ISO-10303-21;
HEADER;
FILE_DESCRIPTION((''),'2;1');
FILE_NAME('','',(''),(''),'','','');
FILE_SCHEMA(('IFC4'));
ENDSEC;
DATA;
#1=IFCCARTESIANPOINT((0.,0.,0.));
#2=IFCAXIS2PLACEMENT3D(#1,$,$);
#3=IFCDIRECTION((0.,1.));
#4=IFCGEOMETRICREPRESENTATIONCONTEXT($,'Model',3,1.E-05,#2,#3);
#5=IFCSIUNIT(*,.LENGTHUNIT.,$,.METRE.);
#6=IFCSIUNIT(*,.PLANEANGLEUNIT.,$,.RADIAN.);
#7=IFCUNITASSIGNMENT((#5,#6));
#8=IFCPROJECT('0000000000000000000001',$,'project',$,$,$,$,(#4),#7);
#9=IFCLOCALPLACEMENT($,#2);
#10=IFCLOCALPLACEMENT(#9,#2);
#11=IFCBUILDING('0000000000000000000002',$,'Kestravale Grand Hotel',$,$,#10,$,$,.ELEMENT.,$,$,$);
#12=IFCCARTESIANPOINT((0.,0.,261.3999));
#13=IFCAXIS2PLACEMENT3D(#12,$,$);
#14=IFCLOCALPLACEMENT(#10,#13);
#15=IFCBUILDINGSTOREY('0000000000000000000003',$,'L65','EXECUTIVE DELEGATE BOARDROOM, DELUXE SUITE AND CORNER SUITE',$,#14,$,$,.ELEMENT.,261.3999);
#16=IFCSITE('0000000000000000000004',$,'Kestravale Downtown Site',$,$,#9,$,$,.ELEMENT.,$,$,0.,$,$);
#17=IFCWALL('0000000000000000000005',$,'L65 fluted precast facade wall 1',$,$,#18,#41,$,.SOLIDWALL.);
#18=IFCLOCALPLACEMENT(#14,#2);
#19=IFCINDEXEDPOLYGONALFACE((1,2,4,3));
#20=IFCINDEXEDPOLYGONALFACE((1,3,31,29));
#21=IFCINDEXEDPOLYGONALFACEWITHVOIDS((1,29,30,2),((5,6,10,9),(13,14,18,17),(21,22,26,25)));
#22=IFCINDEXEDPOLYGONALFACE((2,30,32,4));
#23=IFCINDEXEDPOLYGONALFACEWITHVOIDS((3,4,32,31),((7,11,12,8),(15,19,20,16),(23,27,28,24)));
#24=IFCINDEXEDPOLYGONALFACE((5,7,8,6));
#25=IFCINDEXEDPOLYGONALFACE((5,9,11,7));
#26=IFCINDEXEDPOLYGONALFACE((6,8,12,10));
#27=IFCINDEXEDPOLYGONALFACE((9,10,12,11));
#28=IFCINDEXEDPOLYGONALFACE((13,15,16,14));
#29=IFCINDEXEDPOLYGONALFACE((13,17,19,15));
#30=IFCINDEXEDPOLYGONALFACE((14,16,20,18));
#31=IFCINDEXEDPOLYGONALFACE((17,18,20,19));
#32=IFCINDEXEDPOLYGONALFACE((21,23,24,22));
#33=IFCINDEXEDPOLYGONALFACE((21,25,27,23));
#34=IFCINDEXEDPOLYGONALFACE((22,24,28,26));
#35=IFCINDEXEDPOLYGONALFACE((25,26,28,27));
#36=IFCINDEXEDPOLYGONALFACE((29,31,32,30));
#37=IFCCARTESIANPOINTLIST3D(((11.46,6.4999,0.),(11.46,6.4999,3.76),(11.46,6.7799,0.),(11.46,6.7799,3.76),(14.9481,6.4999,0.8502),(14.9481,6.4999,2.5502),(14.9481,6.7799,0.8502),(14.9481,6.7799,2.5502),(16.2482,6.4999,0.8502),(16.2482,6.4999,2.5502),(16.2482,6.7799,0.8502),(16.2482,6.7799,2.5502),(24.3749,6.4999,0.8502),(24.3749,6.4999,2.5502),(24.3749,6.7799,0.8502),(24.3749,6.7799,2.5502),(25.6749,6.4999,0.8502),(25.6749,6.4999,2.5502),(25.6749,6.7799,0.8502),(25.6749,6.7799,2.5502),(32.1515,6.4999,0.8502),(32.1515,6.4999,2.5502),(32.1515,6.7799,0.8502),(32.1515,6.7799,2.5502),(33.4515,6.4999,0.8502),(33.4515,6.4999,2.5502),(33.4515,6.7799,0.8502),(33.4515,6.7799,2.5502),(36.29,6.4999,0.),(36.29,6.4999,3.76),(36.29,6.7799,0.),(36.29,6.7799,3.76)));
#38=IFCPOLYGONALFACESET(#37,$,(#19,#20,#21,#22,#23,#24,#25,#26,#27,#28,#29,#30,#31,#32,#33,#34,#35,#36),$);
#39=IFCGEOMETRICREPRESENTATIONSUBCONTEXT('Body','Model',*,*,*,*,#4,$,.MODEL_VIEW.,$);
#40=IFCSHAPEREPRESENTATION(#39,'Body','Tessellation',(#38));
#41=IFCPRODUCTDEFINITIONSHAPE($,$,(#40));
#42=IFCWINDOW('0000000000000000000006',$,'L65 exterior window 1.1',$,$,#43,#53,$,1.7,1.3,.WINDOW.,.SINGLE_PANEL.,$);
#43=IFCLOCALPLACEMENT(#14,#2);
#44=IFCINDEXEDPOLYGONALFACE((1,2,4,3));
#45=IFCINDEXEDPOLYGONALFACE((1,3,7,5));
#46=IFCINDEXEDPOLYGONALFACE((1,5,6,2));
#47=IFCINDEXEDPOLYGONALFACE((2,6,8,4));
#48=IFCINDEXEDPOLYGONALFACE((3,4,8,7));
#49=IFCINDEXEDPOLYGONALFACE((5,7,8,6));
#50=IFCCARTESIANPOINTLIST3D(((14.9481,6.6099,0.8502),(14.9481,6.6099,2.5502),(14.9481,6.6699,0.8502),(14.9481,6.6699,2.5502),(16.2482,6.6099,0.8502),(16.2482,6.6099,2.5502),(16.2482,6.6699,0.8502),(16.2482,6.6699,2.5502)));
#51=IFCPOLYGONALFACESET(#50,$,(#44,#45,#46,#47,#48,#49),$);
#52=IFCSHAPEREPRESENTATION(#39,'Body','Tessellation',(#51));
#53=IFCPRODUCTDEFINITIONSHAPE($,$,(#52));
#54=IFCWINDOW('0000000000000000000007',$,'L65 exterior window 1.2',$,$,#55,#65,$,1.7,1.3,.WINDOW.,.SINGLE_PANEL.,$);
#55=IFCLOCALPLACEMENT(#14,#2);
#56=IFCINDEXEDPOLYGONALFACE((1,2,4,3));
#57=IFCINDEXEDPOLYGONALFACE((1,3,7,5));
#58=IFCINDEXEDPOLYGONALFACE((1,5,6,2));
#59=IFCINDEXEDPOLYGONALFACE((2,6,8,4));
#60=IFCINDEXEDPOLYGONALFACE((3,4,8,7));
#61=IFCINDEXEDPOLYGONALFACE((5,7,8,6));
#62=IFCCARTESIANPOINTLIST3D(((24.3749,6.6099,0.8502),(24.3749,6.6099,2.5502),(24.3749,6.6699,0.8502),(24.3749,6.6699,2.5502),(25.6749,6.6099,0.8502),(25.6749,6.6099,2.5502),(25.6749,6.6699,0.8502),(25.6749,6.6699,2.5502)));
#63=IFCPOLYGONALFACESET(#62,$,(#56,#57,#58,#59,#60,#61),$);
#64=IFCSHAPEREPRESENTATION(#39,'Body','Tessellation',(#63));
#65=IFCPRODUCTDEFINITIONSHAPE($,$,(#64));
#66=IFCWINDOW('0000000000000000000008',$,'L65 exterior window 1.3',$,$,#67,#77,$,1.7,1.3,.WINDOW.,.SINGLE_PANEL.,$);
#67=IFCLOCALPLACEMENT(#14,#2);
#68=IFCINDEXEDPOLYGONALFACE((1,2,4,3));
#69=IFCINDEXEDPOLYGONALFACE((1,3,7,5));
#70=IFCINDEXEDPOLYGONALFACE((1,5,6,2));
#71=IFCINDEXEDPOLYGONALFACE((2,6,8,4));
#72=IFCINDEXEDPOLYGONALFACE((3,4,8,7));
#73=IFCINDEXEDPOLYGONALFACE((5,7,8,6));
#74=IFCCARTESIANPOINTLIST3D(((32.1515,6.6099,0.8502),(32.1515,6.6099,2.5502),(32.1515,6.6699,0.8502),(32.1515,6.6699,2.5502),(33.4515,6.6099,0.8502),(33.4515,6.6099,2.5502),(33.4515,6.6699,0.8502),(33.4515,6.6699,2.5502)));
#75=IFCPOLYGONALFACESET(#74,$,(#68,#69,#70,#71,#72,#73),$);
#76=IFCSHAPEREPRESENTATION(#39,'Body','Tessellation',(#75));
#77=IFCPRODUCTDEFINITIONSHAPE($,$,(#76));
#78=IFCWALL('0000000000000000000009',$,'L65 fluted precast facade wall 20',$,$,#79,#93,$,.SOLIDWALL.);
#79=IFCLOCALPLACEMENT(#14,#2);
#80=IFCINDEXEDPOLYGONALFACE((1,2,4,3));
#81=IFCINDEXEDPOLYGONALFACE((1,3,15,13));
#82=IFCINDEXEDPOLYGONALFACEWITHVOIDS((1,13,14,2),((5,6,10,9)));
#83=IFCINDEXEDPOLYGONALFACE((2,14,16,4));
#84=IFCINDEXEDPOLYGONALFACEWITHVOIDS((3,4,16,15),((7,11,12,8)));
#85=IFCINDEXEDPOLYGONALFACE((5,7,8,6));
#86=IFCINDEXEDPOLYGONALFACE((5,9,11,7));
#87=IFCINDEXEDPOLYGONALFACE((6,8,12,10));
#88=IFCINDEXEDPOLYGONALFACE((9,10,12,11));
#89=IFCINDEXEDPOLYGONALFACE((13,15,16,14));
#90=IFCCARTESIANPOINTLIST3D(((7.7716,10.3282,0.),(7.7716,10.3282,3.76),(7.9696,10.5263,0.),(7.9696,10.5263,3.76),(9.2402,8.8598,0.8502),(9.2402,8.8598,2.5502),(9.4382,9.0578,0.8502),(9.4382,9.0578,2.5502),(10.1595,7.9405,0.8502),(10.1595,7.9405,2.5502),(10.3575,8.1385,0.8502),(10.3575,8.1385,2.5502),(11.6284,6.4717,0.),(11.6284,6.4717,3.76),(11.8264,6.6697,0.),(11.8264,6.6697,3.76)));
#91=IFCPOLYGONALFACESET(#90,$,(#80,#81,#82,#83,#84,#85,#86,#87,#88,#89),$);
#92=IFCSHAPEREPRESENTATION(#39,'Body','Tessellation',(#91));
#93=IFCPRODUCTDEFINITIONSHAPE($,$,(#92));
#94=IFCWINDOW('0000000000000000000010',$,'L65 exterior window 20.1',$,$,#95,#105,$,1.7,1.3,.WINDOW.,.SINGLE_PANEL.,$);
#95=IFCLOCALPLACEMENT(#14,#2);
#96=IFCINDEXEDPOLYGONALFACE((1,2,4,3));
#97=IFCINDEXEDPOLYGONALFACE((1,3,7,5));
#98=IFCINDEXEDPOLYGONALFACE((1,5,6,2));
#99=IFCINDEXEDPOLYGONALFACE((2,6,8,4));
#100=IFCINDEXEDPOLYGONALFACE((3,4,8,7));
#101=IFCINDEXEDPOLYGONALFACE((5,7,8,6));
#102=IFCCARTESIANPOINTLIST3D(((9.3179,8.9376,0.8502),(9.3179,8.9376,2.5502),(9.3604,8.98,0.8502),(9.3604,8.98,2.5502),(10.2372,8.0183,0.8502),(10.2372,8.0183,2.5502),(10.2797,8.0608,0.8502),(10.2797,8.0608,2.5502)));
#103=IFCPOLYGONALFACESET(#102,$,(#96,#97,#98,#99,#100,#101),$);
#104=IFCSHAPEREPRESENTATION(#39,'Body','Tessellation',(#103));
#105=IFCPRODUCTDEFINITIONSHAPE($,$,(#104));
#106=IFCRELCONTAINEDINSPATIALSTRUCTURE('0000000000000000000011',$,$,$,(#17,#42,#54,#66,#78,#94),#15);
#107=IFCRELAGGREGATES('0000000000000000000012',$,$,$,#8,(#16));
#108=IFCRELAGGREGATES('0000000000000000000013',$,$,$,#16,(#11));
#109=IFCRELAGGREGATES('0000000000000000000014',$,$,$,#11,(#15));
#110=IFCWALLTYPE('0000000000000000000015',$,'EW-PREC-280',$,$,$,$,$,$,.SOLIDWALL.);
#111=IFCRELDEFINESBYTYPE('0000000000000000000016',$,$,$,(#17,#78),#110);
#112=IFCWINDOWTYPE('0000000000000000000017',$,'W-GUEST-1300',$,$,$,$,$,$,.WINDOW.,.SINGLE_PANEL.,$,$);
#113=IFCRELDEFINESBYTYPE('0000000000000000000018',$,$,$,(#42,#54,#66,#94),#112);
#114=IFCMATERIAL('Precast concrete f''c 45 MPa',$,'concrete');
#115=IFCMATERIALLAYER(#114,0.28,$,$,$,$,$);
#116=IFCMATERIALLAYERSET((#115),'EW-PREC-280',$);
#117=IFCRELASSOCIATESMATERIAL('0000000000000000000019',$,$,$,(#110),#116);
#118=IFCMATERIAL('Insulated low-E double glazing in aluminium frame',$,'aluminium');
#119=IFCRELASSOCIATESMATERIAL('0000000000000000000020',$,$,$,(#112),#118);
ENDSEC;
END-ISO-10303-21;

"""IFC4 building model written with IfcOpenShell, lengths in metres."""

from ifc_helpers import new_model, si_unit, direction, frame, frame_2d, origin, place, context, subcontext, project, spatial, rectangle, extrude, material, layer, layer_set, type_object, element, fill, save


model = new_model("IFC4")

# Units and contexts
model_context = context("Model", 3, precision=1e-05, world=origin(), true_north=direction((0.0, 1.0)))
body_context = subcontext(model_context, "Body", "Model", "MODEL_VIEW")
ifc_project = project(units=[si_unit("LENGTHUNIT", "METRE"), si_unit("PLANEANGLEUNIT", "RADIAN")], contexts=[model_context])

# Site, building, storey
site_placement = place(None, origin())
site = spatial("IfcSite", under=ifc_project, at=site_placement, Name="Kestravale Downtown Site", CompositionType="ELEMENT", RefElevation=0.0)
building_placement = place(site_placement, origin())
building = spatial("IfcBuilding", under=site, at=building_placement, Name="Kestravale Grand Hotel", CompositionType="ELEMENT")
storey_placement = place(building_placement, frame((0.0, 0.0, 261.3999)))
storey = spatial("IfcBuildingStorey", under=building, at=storey_placement, Name="L65", Description="EXECUTIVE DELEGATE BOARDROOM, DELUXE SUITE AND CORNER SUITE", CompositionType="ELEMENT", Elevation=261.3999)

# Wall, openings, windows
ifc_material_1 = material(Name="Precast concrete f'c 45 MPa", Category="concrete")
ifc_layer_1 = layer(ifc_material_1, 0.28)
ifc_layer_set_1 = layer_set([ifc_layer_1], Name="EW-PREC-280")
wall_type_1 = type_object("IfcWallType", Name="EW-PREC-280", PredefinedType="SOLIDWALL", material=ifc_layer_set_1)
wall_1_placement = place(storey_placement, frame((11.46, 6.6399, 0.0), z_axis=(0.0, 0.0, 1.0), x_axis=(1.0, 0.0, 0.0)))
wall_1 = element("IfcWall", 1, at=wall_1_placement, inside=storey, type_object=wall_type_1, Name="L65 fluted precast facade wall 1", PredefinedType="SOLIDWALL", context=body_context, shape_type="SweptSolid", body=[
    extrude(rectangle(XDim=24.8301, YDim=0.28, at=frame_2d((12.415, 0.0))), origin(), (0.0, 0.0, 1.0), 3.76),
])
opening_1_placement = place(wall_1_placement, frame((3.4883, 0.0, 0.8501)))
opening_1 = element("IfcOpeningElement", 2, at=opening_1_placement, cuts=wall_1, PredefinedType="OPENING", context=body_context, shape_type="SweptSolid", body=[
    extrude(rectangle(XDim=1.3, YDim=1.7, at=frame_2d((0.6499, 0.8501))), frame((0.0, 0.1499, 0.0), z_axis=(0.0, -1.0, 0.0), x_axis=(1.0, 0.0, 0.0)), (0.0, 0.0, 1.0), 0.3),
])
opening_2_placement = place(wall_1_placement, frame((12.915, 0.0, 0.8501)))
opening_2 = element("IfcOpeningElement", 3, at=opening_2_placement, cuts=wall_1, PredefinedType="OPENING", context=body_context, shape_type="SweptSolid", body=[
    extrude(rectangle(XDim=1.3, YDim=1.7, at=frame_2d((0.6499, 0.8501))), frame((0.0, 0.1499, 0.0), z_axis=(0.0, -1.0, 0.0), x_axis=(1.0, 0.0, 0.0)), (0.0, 0.0, 1.0), 0.3),
])
opening_3_placement = place(wall_1_placement, frame((20.6917, 0.0, 0.8501)))
opening_3 = element("IfcOpeningElement", 4, at=opening_3_placement, cuts=wall_1, PredefinedType="OPENING", context=body_context, shape_type="SweptSolid", body=[
    extrude(rectangle(XDim=1.3, YDim=1.7, at=frame_2d((0.6499, 0.8501))), frame((0.0, 0.1499, 0.0), z_axis=(0.0, -1.0, 0.0), x_axis=(1.0, 0.0, 0.0)), (0.0, 0.0, 1.0), 0.3),
])
ifc_material_2 = material(Name="Insulated low-E double glazing in aluminium frame", Category="aluminium")
window_type = type_object("IfcWindowType", Name="W-GUEST-1300", PartitioningType="SINGLE_PANEL", PredefinedType="WINDOW", material=ifc_material_2)
window_1_placement = place(opening_1_placement, origin())
window_1 = element("IfcWindow", 5, at=window_1_placement, inside=storey, type_object=window_type, Name="L65 exterior window 1.1", OverallHeight=1.7, OverallWidth=1.3, PartitioningType="SINGLE_PANEL", PredefinedType="WINDOW", context=body_context, shape_type="SweptSolid", body=[
    extrude(rectangle(XDim=1.3, YDim=1.7, at=frame_2d((0.6499, 0.8501))), frame((0.0, 0.03, 0.0), z_axis=(0.0, -1.0, 0.0), x_axis=(1.0, 0.0, 0.0)), (0.0, 0.0, 1.0), 0.0601),
])
fill(opening_1, window_1)
window_2_placement = place(opening_2_placement, origin())
window_2 = element("IfcWindow", 6, at=window_2_placement, inside=storey, type_object=window_type, Name="L65 exterior window 1.2", OverallHeight=1.7, OverallWidth=1.3, PartitioningType="SINGLE_PANEL", PredefinedType="WINDOW", context=body_context, shape_type="SweptSolid", body=[
    extrude(rectangle(XDim=1.3, YDim=1.7, at=frame_2d((0.6499, 0.8501))), frame((0.0, 0.03, 0.0), z_axis=(0.0, -1.0, 0.0), x_axis=(1.0, 0.0, 0.0)), (0.0, 0.0, 1.0), 0.0601),
])
fill(opening_2, window_2)
window_3_placement = place(opening_3_placement, origin())
window_3 = element("IfcWindow", 7, at=window_3_placement, inside=storey, type_object=window_type, Name="L65 exterior window 1.3", OverallHeight=1.7, OverallWidth=1.3, PartitioningType="SINGLE_PANEL", PredefinedType="WINDOW", context=body_context, shape_type="SweptSolid", body=[
    extrude(rectangle(XDim=1.3, YDim=1.7, at=frame_2d((0.6499, 0.8501))), frame((0.0, 0.03, 0.0), z_axis=(0.0, -1.0, 0.0), x_axis=(1.0, 0.0, 0.0)), (0.0, 0.0, 1.0), 0.0601),
])
fill(opening_3, window_3)

# Wall, opening, window
wall_2_placement = place(storey_placement, frame((7.8706, 10.4272, 0.0), z_axis=(0.0, 0.0, 1.0), x_axis=(0.707129, -0.707084, 0.0)))
wall_2 = element("IfcWall", 8, at=wall_2_placement, inside=storey, type_object=wall_type_1, Name="L65 fluted precast facade wall 20", PredefinedType="SOLIDWALL", context=body_context, shape_type="SweptSolid", body=[
    extrude(rectangle(XDim=5.4541, YDim=0.28, at=frame_2d((2.7271, 0.0))), origin(), (0.0, 0.0, 1.0), 3.76),
])
opening_4_placement = place(wall_2_placement, frame((2.0769, 0.0, 0.8501)))
opening_4 = element("IfcOpeningElement", 9, at=opening_4_placement, cuts=wall_2, PredefinedType="OPENING", context=body_context, shape_type="SweptSolid", body=[
    extrude(rectangle(XDim=1.3, YDim=1.7, at=frame_2d((0.6499, 0.8501))), frame((0.0, 0.1499, 0.0), z_axis=(0.0, -1.0, 0.0), x_axis=(1.0, 0.0, 0.0)), (0.0, 0.0, 1.0), 0.3),
])
window_4_placement = place(opening_4_placement, origin())
window_4 = element("IfcWindow", 10, at=window_4_placement, inside=storey, type_object=window_type, Name="L65 exterior window 20.1", OverallHeight=1.7, OverallWidth=1.3, PartitioningType="SINGLE_PANEL", PredefinedType="WINDOW", context=body_context, shape_type="SweptSolid", body=[
    extrude(rectangle(XDim=1.3, YDim=1.7, at=frame_2d((0.6499, 0.8501))), frame((0.0, 0.03, 0.0), z_axis=(0.0, -1.0, 0.0), x_axis=(1.0, 0.0, 0.0)), (0.0, 0.0, 1.0), 0.0601),
])
fill(opening_4, window_4)

save(model, "model.ifc")
